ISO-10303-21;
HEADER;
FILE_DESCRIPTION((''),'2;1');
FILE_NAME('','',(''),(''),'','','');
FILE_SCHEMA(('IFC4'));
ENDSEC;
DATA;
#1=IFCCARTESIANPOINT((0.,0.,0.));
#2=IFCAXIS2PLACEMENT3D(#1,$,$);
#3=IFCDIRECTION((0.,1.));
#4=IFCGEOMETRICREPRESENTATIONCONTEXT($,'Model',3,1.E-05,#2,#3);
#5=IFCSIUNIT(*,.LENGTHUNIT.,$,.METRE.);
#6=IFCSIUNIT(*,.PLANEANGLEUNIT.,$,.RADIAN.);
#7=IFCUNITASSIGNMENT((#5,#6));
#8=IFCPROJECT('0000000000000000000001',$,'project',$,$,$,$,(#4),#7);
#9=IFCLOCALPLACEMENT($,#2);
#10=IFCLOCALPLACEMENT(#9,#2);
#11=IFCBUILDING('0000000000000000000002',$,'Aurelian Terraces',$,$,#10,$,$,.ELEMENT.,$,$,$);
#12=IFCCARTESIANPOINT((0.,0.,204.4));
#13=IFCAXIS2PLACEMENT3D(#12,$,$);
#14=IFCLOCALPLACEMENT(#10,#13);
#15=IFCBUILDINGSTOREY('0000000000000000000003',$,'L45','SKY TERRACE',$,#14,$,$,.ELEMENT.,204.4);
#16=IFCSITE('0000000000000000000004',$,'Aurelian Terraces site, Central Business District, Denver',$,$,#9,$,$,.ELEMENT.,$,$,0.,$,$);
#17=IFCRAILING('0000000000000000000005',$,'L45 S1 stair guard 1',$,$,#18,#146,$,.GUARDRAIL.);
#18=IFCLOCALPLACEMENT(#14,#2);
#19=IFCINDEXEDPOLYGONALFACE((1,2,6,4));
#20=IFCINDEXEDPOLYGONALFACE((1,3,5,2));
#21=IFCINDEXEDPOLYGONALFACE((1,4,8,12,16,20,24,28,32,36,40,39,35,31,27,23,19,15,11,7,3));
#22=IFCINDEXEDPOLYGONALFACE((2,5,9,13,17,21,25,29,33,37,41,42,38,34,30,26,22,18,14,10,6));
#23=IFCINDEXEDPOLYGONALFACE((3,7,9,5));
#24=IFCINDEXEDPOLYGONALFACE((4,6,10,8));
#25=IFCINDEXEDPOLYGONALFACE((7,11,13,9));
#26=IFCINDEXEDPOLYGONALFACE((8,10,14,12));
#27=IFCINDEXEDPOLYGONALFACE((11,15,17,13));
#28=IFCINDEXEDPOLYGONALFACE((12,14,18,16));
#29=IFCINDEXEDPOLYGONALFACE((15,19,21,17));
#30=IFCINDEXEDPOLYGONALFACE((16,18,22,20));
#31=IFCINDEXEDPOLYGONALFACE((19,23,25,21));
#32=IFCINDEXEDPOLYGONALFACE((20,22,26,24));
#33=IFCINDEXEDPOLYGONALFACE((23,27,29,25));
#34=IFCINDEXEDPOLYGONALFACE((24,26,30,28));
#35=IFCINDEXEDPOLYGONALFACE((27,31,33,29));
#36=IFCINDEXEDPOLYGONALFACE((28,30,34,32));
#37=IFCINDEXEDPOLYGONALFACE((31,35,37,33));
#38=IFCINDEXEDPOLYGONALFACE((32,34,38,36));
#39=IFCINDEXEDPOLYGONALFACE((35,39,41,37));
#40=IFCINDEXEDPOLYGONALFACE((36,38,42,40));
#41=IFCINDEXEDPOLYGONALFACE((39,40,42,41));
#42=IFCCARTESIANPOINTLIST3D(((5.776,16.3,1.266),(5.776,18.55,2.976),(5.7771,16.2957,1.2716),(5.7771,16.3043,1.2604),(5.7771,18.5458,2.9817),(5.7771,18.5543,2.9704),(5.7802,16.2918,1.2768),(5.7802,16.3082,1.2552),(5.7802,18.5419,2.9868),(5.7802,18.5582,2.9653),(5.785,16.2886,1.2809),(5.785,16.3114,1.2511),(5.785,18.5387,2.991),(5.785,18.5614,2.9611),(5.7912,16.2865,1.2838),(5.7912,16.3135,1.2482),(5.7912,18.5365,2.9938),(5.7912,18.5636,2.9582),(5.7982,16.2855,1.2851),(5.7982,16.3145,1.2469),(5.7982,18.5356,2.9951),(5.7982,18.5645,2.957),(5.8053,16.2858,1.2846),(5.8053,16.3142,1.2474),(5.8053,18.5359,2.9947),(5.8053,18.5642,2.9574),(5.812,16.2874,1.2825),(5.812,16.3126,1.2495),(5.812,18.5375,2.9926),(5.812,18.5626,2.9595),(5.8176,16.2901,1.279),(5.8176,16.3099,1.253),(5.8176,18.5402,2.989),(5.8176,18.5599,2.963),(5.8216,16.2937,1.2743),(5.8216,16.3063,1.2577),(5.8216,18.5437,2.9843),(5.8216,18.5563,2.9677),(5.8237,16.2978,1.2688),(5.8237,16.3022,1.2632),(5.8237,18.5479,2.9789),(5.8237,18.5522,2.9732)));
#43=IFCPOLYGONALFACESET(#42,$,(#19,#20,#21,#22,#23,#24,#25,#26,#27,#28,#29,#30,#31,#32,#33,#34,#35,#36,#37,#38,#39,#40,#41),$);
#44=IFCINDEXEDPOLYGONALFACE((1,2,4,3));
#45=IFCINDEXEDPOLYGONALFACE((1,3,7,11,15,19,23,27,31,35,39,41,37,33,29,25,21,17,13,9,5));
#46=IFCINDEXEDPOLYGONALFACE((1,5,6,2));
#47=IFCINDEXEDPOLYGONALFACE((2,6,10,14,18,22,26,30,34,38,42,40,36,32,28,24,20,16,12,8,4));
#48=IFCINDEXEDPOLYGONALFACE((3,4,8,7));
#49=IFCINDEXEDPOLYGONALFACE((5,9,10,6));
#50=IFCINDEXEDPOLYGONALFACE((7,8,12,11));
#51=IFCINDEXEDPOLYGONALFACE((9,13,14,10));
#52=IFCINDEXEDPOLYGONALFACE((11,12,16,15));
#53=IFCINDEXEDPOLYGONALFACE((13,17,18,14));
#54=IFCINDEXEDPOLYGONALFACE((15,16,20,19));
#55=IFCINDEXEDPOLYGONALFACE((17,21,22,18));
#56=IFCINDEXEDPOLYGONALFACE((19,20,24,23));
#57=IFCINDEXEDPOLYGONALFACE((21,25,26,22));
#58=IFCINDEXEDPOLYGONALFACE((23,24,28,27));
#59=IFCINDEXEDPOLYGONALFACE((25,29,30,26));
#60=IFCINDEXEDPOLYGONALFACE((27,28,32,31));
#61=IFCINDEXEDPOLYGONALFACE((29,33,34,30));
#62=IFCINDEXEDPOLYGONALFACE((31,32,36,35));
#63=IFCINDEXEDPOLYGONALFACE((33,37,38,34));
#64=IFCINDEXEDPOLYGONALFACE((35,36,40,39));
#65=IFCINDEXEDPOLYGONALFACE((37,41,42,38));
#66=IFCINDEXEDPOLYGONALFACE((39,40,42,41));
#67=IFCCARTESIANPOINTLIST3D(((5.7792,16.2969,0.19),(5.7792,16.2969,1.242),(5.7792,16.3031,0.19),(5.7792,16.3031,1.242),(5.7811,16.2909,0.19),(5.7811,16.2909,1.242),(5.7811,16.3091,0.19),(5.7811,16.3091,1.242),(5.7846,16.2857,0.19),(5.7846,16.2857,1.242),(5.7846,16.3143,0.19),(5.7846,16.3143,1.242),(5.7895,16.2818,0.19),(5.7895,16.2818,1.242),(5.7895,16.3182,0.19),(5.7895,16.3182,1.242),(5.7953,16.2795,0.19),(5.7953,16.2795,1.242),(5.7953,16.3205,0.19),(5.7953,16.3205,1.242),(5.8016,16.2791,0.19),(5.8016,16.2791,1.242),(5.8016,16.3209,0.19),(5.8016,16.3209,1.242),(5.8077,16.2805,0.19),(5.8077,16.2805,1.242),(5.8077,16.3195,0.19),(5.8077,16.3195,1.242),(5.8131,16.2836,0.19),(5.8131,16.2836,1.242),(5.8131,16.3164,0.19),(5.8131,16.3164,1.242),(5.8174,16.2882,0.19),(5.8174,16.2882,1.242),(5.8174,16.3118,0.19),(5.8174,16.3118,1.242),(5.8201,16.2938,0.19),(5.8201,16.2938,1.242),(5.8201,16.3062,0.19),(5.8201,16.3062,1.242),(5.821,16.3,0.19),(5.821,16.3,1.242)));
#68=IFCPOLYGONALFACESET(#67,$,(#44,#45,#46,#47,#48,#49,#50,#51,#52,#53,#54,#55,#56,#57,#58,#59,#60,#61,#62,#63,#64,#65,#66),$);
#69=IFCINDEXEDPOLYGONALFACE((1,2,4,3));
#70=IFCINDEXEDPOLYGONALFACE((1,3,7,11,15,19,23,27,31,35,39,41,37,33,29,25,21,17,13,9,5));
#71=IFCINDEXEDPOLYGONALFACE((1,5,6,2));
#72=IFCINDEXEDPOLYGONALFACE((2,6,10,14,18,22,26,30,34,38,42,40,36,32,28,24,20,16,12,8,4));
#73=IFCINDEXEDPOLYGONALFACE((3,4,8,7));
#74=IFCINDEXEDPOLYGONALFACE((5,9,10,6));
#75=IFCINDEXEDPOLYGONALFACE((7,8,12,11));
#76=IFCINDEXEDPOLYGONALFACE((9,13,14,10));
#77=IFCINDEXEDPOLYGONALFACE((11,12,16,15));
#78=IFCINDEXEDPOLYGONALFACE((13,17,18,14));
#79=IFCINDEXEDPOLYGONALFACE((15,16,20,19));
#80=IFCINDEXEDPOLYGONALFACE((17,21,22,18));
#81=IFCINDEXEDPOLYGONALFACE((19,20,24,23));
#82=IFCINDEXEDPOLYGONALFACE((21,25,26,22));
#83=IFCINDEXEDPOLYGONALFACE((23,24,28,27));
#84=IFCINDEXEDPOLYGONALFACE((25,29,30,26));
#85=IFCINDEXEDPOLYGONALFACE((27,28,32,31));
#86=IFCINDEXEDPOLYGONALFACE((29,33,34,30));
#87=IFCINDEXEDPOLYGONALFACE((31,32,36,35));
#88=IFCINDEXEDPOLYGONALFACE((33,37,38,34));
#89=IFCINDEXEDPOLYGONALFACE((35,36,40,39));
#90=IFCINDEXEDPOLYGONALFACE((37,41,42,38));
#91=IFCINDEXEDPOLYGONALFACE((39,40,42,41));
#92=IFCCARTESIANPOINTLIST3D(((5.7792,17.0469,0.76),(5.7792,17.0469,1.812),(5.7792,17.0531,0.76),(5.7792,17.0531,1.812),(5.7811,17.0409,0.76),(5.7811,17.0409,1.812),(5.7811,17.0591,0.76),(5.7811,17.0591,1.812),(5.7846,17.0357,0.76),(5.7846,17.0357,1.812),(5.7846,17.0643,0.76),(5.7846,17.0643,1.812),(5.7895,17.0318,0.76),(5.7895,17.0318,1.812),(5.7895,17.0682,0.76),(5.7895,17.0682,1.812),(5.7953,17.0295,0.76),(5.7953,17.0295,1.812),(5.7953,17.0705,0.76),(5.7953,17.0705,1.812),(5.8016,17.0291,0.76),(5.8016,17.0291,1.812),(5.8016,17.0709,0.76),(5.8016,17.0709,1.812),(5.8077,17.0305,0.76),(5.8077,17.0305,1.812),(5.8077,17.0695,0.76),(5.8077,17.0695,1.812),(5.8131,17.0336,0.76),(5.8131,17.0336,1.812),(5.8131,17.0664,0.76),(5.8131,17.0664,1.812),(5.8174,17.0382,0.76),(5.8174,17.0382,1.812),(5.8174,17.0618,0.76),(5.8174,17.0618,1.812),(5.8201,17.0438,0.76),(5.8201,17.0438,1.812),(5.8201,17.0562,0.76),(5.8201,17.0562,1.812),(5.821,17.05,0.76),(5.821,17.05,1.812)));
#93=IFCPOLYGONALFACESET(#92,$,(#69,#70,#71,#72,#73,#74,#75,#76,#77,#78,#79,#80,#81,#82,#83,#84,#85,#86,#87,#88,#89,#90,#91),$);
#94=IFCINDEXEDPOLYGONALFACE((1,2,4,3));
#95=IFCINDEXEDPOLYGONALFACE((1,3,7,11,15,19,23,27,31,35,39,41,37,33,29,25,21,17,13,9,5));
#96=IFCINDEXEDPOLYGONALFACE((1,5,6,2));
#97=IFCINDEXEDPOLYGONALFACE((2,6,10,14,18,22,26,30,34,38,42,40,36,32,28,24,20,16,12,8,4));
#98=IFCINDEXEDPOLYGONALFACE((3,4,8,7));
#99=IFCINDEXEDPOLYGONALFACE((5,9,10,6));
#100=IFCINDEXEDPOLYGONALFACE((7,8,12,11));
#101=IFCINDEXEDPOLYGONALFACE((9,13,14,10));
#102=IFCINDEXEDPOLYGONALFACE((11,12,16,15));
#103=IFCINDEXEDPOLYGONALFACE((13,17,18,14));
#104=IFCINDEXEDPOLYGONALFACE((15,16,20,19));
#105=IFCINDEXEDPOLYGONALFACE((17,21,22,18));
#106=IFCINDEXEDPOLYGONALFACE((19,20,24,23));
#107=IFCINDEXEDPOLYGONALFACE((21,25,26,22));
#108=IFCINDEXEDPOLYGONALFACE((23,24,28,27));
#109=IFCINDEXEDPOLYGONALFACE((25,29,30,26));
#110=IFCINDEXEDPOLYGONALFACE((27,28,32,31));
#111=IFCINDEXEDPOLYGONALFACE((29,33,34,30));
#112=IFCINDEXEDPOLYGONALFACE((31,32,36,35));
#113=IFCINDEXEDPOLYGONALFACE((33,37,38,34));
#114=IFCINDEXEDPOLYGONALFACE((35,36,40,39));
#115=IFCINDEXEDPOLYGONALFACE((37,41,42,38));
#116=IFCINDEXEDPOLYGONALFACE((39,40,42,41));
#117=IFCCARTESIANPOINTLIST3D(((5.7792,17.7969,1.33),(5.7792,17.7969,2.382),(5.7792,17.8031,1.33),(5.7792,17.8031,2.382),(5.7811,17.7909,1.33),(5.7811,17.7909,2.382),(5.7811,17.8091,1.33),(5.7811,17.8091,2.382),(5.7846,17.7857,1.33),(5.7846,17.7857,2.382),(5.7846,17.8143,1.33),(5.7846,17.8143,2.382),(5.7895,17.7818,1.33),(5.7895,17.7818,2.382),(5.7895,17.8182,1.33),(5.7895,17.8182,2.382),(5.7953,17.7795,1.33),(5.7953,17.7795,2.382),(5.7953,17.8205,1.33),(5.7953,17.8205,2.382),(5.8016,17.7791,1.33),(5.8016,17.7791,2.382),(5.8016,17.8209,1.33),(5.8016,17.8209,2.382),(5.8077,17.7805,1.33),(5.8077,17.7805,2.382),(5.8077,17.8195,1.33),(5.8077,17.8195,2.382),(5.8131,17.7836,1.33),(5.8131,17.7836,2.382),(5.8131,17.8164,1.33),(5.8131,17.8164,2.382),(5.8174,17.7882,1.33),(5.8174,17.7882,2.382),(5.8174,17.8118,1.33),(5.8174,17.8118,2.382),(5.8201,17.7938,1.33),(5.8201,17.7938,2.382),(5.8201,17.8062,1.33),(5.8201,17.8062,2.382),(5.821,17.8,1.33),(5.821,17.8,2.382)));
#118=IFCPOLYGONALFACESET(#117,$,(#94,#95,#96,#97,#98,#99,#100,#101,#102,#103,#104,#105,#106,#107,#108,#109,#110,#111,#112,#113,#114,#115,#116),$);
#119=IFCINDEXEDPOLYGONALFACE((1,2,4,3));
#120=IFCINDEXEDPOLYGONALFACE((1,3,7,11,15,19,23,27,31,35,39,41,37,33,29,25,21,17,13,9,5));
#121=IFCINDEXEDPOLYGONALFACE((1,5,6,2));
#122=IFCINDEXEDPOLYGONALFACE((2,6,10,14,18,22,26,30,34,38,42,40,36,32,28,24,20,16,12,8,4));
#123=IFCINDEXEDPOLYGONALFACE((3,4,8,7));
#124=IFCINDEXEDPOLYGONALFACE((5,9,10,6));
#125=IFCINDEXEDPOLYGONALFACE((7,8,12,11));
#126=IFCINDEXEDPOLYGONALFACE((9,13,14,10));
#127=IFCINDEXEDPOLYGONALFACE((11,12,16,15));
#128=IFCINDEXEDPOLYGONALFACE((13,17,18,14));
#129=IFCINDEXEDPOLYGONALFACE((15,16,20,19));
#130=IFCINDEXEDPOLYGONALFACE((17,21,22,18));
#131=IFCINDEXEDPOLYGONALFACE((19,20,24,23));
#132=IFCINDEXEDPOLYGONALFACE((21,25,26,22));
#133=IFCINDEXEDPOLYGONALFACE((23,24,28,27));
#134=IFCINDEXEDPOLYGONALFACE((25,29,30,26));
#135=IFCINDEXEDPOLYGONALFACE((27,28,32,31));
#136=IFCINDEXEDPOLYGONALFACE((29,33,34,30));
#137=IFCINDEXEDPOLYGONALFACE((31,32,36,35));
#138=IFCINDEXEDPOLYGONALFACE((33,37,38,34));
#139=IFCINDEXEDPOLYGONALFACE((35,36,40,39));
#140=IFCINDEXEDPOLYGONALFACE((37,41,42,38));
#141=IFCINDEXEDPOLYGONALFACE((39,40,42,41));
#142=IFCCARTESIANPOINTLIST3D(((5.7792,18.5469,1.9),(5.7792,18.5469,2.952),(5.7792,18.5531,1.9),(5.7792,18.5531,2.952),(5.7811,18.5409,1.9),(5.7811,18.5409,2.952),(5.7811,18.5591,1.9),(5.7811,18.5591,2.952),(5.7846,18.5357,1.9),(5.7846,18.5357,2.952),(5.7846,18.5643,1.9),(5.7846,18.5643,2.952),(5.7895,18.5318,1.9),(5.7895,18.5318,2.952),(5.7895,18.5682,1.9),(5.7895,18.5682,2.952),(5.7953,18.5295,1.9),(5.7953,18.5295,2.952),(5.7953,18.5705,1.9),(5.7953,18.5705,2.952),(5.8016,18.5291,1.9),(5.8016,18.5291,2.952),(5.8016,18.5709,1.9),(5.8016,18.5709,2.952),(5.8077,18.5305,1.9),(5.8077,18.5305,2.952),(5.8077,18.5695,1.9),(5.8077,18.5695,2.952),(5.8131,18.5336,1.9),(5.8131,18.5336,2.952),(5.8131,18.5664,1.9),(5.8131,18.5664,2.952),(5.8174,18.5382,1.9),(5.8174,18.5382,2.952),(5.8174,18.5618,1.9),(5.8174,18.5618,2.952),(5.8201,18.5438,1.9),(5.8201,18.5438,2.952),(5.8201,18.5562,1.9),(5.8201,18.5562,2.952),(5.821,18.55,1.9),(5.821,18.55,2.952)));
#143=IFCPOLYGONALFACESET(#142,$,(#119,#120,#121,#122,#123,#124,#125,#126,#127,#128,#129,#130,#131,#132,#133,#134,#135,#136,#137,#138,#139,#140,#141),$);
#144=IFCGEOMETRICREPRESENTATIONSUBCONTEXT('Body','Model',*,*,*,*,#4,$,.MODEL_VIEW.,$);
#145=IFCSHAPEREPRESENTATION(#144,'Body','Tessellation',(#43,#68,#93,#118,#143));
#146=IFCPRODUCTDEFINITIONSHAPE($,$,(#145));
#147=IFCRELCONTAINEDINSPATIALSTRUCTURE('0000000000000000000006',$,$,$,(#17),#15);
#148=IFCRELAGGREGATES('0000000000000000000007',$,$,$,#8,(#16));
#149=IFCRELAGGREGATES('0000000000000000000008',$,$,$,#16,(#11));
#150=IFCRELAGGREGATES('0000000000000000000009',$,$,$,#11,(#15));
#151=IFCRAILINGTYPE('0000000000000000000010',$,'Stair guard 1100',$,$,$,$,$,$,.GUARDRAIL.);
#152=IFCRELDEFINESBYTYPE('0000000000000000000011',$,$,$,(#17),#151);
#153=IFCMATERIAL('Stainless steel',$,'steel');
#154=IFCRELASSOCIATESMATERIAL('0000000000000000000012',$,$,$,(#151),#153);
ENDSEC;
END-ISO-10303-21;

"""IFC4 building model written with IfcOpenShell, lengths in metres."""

from ifc_helpers import new_model, si_unit, direction, frame, origin, origin_2d, place, context, subcontext, project, spatial, circle, extrude, source, transform, mapped, material, type_object, element, save


model = new_model("IFC4")

# Units and contexts
model_context = context("Model", 3, precision=1e-05, world=origin(), true_north=direction((0.0, 1.0)))
body_context = subcontext(model_context, "Body", "Model", "MODEL_VIEW")
ifc_project = project(units=[si_unit("LENGTHUNIT", "METRE"), si_unit("PLANEANGLEUNIT", "RADIAN")], contexts=[model_context])

# Site, building, storey
site_placement = place(None, origin())
site = spatial("IfcSite", under=ifc_project, at=site_placement, Name="Aurelian Terraces site, Central Business District, Denver", CompositionType="ELEMENT", RefElevation=0.0)
building_placement = place(site_placement, origin())
building = spatial("IfcBuilding", under=site, at=building_placement, Name="Aurelian Terraces", CompositionType="ELEMENT")
storey_placement = place(building_placement, frame((0.0, 0.0, 204.4)))
storey = spatial("IfcBuildingStorey", under=building, at=storey_placement, Name="L45", Description="SKY TERRACE", CompositionType="ELEMENT", Elevation=204.4)

# Shared definitions
ifc_material_1 = material(Name="Stainless steel", Category="steel")

# Railing
railing_type_1 = type_object("IfcRailingType", Name="Stair guard 1100", PredefinedType="GUARDRAIL", material=ifc_material_1)
shared_shape_1 = source(origin(), body_context, "Body", "SweptSolid", [
    extrude(circle(Radius=0.024, at=origin_2d()), frame((0.0, 0.0, 1.076), z_axis=(0.0, 0.796162, 0.605083), x_axis=(-1.0, 0.0, 0.0)), (0.0, 0.0, 1.0), 2.8261),
    extrude(circle(Radius=0.021, at=origin_2d()), origin(), (0.0, 0.0, 1.0), 1.052),
    extrude(circle(Radius=0.021, at=origin_2d()), frame((0.0, 0.75, 0.57)), (0.0, 0.0, 1.0), 1.052),
    extrude(circle(Radius=0.021, at=origin_2d()), frame((0.0, 1.5, 1.14)), (0.0, 0.0, 1.0), 1.052),
    extrude(circle(Radius=0.021, at=origin_2d()), frame((0.0, 2.25, 1.71)), (0.0, 0.0, 1.0), 1.052),
])
railing_1_placement = place(storey_placement, frame((5.8, 16.3, 0.19)))
element("IfcRailing", 1, at=railing_1_placement, inside=storey, type_object=railing_type_1, Name="L45 S1 stair guard 1", PredefinedType="GUARDRAIL", context=body_context, shape_type="MappedRepresentation", body=[
    mapped(shared_shape_1, transform((0.0, 0.0, 0.0), scale=1.0)),
])

save(model, "model.ifc")
